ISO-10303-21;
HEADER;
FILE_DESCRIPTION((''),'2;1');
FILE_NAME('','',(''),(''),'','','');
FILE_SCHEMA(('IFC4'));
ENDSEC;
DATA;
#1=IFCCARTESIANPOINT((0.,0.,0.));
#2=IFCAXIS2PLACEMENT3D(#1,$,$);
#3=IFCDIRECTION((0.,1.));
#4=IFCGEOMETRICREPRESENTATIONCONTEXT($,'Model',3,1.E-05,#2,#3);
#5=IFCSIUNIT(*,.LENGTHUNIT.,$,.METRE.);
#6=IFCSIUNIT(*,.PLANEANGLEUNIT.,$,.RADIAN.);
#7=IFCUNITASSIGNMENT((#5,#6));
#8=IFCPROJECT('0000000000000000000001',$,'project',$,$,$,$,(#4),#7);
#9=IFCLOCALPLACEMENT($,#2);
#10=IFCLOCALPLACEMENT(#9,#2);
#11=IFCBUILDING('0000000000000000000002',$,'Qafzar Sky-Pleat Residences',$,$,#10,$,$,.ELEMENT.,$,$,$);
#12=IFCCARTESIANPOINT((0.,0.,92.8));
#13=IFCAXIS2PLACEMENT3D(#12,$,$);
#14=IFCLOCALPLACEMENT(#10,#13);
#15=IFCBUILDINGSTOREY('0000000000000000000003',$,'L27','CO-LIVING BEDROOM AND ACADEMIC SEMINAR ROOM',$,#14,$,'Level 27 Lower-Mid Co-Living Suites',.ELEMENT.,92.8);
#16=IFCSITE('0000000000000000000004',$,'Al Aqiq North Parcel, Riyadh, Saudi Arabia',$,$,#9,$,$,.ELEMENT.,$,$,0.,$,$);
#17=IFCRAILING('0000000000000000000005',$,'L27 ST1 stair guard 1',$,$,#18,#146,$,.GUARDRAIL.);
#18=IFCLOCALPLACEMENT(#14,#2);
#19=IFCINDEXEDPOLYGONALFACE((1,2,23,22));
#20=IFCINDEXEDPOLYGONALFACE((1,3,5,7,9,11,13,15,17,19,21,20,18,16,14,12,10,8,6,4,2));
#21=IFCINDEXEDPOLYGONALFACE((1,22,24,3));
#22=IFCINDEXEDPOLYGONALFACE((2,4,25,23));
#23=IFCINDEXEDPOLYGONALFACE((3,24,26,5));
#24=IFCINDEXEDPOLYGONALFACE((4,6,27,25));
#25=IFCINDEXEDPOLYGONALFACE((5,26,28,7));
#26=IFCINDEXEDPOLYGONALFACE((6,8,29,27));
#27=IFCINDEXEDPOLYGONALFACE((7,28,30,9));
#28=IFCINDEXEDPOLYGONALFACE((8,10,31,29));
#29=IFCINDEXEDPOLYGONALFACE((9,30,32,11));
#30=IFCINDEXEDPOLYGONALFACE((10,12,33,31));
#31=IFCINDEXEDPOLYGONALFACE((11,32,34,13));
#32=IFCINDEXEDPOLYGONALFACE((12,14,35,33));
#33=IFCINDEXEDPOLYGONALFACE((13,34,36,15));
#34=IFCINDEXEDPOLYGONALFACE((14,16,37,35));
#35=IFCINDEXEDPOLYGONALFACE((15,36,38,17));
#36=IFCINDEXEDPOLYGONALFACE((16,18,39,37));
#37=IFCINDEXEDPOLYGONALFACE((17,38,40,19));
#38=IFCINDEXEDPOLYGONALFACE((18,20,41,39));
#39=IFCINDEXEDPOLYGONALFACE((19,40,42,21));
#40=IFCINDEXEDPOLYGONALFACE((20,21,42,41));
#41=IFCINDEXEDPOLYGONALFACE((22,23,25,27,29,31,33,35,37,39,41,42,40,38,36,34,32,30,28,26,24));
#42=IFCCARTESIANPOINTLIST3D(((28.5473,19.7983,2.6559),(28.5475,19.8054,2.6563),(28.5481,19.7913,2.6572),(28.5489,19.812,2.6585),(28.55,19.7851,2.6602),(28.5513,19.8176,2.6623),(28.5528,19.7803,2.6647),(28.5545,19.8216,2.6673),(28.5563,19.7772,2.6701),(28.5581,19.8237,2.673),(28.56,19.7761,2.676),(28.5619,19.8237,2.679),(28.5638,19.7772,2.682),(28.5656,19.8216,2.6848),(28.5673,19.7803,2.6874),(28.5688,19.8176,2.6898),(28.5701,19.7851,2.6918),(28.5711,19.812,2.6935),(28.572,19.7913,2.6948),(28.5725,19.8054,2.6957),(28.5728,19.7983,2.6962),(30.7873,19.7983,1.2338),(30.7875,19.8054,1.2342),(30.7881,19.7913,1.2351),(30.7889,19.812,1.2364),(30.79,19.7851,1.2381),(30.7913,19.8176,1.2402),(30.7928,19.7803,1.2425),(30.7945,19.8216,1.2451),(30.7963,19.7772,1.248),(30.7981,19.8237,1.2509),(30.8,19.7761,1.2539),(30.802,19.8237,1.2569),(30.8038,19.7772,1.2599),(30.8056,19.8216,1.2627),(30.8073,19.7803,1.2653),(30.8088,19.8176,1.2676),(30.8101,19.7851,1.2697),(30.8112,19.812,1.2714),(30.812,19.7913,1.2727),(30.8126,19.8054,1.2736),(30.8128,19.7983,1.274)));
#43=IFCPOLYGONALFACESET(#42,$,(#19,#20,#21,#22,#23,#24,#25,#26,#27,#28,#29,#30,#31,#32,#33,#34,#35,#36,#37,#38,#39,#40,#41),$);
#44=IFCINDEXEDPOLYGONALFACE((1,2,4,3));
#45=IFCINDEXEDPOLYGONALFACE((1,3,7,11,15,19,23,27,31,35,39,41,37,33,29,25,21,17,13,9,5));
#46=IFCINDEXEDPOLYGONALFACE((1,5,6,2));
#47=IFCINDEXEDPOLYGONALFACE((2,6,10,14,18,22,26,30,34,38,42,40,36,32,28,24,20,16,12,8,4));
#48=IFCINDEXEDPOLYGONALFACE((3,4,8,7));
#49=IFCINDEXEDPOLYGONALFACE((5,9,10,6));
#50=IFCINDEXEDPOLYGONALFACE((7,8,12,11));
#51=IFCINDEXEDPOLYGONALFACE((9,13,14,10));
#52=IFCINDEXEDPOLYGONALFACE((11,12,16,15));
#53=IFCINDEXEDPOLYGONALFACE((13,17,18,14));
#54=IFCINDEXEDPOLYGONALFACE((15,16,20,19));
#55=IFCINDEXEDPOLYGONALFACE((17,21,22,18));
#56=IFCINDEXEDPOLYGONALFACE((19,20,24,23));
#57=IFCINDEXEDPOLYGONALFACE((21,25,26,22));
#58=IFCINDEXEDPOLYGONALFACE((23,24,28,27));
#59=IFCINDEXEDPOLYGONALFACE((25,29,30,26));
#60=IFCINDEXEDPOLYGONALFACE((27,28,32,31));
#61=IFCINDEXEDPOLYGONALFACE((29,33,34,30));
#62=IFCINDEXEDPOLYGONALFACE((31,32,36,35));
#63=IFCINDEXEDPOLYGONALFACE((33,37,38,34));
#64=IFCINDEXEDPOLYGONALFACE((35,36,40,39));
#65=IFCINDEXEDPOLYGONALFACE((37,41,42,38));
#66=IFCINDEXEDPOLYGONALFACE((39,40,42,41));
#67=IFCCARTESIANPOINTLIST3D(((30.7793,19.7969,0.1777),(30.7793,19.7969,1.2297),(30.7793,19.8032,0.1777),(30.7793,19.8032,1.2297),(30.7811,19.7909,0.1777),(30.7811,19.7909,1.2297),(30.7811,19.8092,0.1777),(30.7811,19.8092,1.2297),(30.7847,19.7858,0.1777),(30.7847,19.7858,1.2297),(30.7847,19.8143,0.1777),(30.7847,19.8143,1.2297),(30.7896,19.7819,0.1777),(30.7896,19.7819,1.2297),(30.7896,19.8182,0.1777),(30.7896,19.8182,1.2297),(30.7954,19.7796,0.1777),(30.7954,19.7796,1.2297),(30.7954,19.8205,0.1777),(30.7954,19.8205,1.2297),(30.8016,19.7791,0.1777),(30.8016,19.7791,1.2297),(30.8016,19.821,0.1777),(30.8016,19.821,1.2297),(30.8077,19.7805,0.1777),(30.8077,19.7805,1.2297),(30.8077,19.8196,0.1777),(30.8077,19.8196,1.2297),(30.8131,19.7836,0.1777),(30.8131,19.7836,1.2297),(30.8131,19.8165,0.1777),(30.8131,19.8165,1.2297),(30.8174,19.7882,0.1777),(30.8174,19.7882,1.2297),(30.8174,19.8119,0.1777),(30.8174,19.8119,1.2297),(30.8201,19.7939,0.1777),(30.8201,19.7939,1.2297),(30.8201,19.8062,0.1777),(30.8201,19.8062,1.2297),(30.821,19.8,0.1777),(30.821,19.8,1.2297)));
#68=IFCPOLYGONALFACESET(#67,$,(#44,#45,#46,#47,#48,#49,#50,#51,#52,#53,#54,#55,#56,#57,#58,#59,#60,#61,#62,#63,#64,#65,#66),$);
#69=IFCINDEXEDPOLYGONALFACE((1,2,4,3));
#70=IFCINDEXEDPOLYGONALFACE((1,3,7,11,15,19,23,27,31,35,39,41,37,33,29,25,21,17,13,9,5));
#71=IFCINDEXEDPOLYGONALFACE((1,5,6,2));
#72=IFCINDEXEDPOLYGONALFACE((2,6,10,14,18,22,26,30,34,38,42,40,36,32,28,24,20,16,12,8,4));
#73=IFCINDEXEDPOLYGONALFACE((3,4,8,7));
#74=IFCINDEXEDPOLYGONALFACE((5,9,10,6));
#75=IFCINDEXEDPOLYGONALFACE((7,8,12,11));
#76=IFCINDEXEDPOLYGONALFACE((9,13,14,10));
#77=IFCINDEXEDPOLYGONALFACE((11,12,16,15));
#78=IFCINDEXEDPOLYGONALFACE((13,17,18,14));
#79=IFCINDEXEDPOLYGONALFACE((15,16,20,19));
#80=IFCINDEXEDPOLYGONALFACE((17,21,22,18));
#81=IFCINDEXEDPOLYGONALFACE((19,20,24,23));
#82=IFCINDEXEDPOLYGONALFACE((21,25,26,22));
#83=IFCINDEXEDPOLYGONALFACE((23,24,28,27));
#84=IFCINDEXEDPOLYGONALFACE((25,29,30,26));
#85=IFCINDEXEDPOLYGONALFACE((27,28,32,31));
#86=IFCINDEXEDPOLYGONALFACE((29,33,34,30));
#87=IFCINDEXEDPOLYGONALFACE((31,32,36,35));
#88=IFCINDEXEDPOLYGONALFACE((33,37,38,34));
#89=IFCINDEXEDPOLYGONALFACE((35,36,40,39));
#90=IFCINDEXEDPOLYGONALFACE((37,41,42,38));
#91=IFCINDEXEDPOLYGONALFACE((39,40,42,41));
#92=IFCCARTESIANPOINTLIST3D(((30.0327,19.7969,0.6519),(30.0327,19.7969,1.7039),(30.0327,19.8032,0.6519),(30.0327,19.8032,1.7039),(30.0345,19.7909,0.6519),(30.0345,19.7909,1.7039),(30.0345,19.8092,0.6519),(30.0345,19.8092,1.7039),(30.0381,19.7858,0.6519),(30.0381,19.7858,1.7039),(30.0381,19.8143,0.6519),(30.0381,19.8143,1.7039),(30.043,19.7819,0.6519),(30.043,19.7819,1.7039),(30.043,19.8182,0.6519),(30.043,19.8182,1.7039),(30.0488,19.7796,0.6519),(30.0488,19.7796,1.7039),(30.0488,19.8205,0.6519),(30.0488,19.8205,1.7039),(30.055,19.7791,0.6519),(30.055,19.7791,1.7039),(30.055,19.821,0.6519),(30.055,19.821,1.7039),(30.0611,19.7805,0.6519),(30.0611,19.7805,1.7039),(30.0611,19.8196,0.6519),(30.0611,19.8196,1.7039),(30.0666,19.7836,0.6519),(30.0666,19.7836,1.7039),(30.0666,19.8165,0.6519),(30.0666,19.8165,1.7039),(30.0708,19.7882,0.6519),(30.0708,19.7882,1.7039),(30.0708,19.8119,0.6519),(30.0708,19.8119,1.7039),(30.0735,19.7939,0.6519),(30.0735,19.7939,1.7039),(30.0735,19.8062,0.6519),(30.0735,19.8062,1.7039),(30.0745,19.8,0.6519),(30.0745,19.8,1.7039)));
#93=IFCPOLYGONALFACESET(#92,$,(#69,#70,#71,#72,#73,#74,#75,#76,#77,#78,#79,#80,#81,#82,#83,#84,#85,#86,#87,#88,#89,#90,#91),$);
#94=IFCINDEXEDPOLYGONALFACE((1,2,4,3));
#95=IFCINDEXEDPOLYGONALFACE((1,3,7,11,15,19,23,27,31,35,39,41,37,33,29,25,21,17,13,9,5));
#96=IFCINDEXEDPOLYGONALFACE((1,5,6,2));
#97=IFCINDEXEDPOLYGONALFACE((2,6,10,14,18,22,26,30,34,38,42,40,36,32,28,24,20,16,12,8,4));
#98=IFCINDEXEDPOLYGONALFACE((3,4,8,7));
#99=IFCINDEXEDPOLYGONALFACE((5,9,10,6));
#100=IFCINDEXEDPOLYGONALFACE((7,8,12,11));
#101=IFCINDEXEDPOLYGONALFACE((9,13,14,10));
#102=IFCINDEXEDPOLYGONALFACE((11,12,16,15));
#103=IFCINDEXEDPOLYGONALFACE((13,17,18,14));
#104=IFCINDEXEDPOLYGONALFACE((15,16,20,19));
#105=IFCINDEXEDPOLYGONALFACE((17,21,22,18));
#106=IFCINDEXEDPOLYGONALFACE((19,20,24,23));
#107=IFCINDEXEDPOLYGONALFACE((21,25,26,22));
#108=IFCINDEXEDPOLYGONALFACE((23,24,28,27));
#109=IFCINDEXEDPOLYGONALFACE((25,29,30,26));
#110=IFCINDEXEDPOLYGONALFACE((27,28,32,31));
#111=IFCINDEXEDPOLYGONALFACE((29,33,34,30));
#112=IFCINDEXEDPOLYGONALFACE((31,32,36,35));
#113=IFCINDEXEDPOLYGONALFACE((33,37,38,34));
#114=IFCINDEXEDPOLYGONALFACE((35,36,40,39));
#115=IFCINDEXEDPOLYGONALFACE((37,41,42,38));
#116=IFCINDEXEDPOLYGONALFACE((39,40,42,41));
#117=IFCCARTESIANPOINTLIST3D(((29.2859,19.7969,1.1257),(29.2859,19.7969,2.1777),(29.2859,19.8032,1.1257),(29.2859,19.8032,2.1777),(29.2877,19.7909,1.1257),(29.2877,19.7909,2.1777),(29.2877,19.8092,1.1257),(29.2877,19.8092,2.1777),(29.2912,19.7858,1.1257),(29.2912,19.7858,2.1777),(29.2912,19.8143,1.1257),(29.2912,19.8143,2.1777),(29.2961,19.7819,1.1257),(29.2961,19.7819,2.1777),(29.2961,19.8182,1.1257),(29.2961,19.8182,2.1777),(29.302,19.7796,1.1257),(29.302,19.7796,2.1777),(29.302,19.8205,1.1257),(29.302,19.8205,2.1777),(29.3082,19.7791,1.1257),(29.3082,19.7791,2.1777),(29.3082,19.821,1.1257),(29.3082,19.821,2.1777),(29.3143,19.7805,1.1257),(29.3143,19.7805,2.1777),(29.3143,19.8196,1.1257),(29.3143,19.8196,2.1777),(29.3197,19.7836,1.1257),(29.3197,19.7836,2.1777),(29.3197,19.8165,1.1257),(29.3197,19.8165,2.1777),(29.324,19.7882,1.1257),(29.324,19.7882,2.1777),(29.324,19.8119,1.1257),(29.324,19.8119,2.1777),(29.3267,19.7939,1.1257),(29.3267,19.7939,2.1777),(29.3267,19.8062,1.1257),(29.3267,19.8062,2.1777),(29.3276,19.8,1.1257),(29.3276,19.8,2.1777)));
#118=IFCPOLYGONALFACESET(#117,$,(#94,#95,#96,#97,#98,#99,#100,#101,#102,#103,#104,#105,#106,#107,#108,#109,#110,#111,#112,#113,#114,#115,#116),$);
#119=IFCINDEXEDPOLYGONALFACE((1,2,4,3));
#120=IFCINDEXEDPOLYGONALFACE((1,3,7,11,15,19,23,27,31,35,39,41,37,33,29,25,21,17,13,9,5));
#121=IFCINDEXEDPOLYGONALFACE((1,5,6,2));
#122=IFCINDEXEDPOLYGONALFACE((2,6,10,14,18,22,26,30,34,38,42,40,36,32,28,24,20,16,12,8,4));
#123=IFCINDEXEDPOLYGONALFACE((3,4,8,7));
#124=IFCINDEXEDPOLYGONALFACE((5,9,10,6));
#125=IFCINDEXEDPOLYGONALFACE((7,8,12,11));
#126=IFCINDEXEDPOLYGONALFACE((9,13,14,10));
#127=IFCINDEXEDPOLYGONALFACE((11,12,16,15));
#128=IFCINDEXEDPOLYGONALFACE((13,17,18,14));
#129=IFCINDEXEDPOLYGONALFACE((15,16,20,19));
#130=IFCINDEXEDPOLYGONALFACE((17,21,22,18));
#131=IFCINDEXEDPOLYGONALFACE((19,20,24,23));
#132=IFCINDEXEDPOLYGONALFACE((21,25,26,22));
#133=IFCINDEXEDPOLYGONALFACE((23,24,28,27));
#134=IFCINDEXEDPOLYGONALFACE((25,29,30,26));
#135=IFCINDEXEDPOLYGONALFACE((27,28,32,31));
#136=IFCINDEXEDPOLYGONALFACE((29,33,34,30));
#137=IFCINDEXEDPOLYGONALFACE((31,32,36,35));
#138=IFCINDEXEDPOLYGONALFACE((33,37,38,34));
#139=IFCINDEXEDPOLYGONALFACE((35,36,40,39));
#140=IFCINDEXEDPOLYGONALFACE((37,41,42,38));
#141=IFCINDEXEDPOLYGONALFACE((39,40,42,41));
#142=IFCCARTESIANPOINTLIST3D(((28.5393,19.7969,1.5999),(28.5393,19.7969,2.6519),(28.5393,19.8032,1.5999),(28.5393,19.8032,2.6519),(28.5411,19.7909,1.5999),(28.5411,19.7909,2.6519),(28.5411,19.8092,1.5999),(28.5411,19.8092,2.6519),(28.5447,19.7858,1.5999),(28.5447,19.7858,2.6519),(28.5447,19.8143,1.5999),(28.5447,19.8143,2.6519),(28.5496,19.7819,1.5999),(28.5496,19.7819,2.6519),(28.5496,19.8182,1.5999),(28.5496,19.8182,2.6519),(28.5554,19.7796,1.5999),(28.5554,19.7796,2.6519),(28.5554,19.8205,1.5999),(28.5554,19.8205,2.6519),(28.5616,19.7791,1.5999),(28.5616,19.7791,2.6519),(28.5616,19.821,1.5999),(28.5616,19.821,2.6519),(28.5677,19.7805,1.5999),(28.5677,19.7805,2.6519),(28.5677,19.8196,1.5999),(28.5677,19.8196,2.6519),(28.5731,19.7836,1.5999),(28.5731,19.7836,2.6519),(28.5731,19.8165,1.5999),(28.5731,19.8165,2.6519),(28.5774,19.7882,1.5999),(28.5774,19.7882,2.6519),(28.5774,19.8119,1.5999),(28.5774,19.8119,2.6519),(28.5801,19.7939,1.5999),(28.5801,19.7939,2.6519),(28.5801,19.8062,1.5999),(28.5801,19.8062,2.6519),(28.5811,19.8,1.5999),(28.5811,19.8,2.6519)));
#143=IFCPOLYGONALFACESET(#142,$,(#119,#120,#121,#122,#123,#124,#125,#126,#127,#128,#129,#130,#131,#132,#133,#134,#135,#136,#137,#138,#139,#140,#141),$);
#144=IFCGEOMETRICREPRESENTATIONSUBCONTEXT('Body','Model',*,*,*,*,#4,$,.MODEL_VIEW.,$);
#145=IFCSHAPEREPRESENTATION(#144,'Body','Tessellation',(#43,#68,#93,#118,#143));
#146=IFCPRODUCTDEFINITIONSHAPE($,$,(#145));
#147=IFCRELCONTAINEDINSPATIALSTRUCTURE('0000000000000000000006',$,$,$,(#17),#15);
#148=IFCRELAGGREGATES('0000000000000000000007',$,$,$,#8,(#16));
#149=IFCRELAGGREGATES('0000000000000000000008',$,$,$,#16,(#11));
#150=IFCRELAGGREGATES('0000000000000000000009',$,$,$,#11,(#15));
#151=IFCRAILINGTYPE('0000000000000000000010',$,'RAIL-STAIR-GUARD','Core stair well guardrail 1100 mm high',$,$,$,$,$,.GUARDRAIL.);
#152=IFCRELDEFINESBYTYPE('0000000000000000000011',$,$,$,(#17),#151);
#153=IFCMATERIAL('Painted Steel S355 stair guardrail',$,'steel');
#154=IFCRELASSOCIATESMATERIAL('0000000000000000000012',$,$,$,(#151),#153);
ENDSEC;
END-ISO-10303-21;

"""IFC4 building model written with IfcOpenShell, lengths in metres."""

from ifc_helpers import new_model, si_unit, direction, frame, origin, origin_2d, place, context, subcontext, project, spatial, circle, extrude, source, transform, mapped, material, type_object, element, save


model = new_model("IFC4")

# Units and contexts
model_context = context("Model", 3, precision=1e-05, world=origin(), true_north=direction((0.0, 1.0)))
body_context = subcontext(model_context, "Body", "Model", "MODEL_VIEW")
ifc_project = project(units=[si_unit("LENGTHUNIT", "METRE"), si_unit("PLANEANGLEUNIT", "RADIAN")], contexts=[model_context])

# Site, building, storey
site_placement = place(None, origin())
site = spatial("IfcSite", under=ifc_project, at=site_placement, Name="Al Aqiq North Parcel, Riyadh, Saudi Arabia", CompositionType="ELEMENT", RefElevation=0.0)
building_placement = place(site_placement, origin())
building = spatial("IfcBuilding", under=site, at=building_placement, Name="Qafzar Sky-Pleat Residences", CompositionType="ELEMENT")
storey_placement = place(building_placement, frame((0.0, 0.0, 92.8)))
storey = spatial("IfcBuildingStorey", under=building, at=storey_placement, Name="L27", Description="CO-LIVING BEDROOM AND ACADEMIC SEMINAR ROOM", LongName="Level 27 Lower-Mid Co-Living Suites", CompositionType="ELEMENT", Elevation=92.8)

# Railing
ifc_material_1 = material(Name="Painted Steel S355 stair guardrail", Category="steel")
railing_type_1 = type_object("IfcRailingType", Name="RAIL-STAIR-GUARD", Description="Core stair well guardrail 1100 mm high", PredefinedType="GUARDRAIL", material=ifc_material_1)
shared_shape_1 = source(origin(), body_context, "Body", "SweptSolid", [
    extrude(circle(Radius=0.0239, at=origin_2d()), frame((0.0, 0.0, 1.0762), z_axis=(-0.844229, 0.0, 0.535982), x_axis=(0.0, -1.0, 0.0)), (0.0, 0.0, 1.0), 2.6533),
    extrude(circle(Radius=0.021, at=origin_2d()), origin(), (0.0, 0.0, 1.0), 1.052),
    extrude(circle(Radius=0.021, at=origin_2d()), frame((-0.7466, 0.0, 0.4741)), (0.0, 0.0, 1.0), 1.052),
    extrude(circle(Radius=0.021, at=origin_2d()), frame((-1.4934, 0.0, 0.948)), (0.0, 0.0, 1.0), 1.052),
    extrude(circle(Radius=0.021, at=origin_2d()), frame((-2.24, 0.0, 1.4221)), (0.0, 0.0, 1.0), 1.052),
])
railing_1_placement = place(storey_placement, frame((30.8, 19.8, 0.1777)))
element("IfcRailing", 1, at=railing_1_placement, inside=storey, type_object=railing_type_1, Name="L27 ST1 stair guard 1", PredefinedType="GUARDRAIL", context=body_context, shape_type="MappedRepresentation", body=[
    mapped(shared_shape_1, transform((0.0, 0.0, 0.0), x_axis=(1.0, 0.0, 0.0), y_axis=(0.0, 1.0, 0.0), z_axis=(0.0, 0.0, 1.0), scale=1.0)),
])

save(model, "model.ifc")
